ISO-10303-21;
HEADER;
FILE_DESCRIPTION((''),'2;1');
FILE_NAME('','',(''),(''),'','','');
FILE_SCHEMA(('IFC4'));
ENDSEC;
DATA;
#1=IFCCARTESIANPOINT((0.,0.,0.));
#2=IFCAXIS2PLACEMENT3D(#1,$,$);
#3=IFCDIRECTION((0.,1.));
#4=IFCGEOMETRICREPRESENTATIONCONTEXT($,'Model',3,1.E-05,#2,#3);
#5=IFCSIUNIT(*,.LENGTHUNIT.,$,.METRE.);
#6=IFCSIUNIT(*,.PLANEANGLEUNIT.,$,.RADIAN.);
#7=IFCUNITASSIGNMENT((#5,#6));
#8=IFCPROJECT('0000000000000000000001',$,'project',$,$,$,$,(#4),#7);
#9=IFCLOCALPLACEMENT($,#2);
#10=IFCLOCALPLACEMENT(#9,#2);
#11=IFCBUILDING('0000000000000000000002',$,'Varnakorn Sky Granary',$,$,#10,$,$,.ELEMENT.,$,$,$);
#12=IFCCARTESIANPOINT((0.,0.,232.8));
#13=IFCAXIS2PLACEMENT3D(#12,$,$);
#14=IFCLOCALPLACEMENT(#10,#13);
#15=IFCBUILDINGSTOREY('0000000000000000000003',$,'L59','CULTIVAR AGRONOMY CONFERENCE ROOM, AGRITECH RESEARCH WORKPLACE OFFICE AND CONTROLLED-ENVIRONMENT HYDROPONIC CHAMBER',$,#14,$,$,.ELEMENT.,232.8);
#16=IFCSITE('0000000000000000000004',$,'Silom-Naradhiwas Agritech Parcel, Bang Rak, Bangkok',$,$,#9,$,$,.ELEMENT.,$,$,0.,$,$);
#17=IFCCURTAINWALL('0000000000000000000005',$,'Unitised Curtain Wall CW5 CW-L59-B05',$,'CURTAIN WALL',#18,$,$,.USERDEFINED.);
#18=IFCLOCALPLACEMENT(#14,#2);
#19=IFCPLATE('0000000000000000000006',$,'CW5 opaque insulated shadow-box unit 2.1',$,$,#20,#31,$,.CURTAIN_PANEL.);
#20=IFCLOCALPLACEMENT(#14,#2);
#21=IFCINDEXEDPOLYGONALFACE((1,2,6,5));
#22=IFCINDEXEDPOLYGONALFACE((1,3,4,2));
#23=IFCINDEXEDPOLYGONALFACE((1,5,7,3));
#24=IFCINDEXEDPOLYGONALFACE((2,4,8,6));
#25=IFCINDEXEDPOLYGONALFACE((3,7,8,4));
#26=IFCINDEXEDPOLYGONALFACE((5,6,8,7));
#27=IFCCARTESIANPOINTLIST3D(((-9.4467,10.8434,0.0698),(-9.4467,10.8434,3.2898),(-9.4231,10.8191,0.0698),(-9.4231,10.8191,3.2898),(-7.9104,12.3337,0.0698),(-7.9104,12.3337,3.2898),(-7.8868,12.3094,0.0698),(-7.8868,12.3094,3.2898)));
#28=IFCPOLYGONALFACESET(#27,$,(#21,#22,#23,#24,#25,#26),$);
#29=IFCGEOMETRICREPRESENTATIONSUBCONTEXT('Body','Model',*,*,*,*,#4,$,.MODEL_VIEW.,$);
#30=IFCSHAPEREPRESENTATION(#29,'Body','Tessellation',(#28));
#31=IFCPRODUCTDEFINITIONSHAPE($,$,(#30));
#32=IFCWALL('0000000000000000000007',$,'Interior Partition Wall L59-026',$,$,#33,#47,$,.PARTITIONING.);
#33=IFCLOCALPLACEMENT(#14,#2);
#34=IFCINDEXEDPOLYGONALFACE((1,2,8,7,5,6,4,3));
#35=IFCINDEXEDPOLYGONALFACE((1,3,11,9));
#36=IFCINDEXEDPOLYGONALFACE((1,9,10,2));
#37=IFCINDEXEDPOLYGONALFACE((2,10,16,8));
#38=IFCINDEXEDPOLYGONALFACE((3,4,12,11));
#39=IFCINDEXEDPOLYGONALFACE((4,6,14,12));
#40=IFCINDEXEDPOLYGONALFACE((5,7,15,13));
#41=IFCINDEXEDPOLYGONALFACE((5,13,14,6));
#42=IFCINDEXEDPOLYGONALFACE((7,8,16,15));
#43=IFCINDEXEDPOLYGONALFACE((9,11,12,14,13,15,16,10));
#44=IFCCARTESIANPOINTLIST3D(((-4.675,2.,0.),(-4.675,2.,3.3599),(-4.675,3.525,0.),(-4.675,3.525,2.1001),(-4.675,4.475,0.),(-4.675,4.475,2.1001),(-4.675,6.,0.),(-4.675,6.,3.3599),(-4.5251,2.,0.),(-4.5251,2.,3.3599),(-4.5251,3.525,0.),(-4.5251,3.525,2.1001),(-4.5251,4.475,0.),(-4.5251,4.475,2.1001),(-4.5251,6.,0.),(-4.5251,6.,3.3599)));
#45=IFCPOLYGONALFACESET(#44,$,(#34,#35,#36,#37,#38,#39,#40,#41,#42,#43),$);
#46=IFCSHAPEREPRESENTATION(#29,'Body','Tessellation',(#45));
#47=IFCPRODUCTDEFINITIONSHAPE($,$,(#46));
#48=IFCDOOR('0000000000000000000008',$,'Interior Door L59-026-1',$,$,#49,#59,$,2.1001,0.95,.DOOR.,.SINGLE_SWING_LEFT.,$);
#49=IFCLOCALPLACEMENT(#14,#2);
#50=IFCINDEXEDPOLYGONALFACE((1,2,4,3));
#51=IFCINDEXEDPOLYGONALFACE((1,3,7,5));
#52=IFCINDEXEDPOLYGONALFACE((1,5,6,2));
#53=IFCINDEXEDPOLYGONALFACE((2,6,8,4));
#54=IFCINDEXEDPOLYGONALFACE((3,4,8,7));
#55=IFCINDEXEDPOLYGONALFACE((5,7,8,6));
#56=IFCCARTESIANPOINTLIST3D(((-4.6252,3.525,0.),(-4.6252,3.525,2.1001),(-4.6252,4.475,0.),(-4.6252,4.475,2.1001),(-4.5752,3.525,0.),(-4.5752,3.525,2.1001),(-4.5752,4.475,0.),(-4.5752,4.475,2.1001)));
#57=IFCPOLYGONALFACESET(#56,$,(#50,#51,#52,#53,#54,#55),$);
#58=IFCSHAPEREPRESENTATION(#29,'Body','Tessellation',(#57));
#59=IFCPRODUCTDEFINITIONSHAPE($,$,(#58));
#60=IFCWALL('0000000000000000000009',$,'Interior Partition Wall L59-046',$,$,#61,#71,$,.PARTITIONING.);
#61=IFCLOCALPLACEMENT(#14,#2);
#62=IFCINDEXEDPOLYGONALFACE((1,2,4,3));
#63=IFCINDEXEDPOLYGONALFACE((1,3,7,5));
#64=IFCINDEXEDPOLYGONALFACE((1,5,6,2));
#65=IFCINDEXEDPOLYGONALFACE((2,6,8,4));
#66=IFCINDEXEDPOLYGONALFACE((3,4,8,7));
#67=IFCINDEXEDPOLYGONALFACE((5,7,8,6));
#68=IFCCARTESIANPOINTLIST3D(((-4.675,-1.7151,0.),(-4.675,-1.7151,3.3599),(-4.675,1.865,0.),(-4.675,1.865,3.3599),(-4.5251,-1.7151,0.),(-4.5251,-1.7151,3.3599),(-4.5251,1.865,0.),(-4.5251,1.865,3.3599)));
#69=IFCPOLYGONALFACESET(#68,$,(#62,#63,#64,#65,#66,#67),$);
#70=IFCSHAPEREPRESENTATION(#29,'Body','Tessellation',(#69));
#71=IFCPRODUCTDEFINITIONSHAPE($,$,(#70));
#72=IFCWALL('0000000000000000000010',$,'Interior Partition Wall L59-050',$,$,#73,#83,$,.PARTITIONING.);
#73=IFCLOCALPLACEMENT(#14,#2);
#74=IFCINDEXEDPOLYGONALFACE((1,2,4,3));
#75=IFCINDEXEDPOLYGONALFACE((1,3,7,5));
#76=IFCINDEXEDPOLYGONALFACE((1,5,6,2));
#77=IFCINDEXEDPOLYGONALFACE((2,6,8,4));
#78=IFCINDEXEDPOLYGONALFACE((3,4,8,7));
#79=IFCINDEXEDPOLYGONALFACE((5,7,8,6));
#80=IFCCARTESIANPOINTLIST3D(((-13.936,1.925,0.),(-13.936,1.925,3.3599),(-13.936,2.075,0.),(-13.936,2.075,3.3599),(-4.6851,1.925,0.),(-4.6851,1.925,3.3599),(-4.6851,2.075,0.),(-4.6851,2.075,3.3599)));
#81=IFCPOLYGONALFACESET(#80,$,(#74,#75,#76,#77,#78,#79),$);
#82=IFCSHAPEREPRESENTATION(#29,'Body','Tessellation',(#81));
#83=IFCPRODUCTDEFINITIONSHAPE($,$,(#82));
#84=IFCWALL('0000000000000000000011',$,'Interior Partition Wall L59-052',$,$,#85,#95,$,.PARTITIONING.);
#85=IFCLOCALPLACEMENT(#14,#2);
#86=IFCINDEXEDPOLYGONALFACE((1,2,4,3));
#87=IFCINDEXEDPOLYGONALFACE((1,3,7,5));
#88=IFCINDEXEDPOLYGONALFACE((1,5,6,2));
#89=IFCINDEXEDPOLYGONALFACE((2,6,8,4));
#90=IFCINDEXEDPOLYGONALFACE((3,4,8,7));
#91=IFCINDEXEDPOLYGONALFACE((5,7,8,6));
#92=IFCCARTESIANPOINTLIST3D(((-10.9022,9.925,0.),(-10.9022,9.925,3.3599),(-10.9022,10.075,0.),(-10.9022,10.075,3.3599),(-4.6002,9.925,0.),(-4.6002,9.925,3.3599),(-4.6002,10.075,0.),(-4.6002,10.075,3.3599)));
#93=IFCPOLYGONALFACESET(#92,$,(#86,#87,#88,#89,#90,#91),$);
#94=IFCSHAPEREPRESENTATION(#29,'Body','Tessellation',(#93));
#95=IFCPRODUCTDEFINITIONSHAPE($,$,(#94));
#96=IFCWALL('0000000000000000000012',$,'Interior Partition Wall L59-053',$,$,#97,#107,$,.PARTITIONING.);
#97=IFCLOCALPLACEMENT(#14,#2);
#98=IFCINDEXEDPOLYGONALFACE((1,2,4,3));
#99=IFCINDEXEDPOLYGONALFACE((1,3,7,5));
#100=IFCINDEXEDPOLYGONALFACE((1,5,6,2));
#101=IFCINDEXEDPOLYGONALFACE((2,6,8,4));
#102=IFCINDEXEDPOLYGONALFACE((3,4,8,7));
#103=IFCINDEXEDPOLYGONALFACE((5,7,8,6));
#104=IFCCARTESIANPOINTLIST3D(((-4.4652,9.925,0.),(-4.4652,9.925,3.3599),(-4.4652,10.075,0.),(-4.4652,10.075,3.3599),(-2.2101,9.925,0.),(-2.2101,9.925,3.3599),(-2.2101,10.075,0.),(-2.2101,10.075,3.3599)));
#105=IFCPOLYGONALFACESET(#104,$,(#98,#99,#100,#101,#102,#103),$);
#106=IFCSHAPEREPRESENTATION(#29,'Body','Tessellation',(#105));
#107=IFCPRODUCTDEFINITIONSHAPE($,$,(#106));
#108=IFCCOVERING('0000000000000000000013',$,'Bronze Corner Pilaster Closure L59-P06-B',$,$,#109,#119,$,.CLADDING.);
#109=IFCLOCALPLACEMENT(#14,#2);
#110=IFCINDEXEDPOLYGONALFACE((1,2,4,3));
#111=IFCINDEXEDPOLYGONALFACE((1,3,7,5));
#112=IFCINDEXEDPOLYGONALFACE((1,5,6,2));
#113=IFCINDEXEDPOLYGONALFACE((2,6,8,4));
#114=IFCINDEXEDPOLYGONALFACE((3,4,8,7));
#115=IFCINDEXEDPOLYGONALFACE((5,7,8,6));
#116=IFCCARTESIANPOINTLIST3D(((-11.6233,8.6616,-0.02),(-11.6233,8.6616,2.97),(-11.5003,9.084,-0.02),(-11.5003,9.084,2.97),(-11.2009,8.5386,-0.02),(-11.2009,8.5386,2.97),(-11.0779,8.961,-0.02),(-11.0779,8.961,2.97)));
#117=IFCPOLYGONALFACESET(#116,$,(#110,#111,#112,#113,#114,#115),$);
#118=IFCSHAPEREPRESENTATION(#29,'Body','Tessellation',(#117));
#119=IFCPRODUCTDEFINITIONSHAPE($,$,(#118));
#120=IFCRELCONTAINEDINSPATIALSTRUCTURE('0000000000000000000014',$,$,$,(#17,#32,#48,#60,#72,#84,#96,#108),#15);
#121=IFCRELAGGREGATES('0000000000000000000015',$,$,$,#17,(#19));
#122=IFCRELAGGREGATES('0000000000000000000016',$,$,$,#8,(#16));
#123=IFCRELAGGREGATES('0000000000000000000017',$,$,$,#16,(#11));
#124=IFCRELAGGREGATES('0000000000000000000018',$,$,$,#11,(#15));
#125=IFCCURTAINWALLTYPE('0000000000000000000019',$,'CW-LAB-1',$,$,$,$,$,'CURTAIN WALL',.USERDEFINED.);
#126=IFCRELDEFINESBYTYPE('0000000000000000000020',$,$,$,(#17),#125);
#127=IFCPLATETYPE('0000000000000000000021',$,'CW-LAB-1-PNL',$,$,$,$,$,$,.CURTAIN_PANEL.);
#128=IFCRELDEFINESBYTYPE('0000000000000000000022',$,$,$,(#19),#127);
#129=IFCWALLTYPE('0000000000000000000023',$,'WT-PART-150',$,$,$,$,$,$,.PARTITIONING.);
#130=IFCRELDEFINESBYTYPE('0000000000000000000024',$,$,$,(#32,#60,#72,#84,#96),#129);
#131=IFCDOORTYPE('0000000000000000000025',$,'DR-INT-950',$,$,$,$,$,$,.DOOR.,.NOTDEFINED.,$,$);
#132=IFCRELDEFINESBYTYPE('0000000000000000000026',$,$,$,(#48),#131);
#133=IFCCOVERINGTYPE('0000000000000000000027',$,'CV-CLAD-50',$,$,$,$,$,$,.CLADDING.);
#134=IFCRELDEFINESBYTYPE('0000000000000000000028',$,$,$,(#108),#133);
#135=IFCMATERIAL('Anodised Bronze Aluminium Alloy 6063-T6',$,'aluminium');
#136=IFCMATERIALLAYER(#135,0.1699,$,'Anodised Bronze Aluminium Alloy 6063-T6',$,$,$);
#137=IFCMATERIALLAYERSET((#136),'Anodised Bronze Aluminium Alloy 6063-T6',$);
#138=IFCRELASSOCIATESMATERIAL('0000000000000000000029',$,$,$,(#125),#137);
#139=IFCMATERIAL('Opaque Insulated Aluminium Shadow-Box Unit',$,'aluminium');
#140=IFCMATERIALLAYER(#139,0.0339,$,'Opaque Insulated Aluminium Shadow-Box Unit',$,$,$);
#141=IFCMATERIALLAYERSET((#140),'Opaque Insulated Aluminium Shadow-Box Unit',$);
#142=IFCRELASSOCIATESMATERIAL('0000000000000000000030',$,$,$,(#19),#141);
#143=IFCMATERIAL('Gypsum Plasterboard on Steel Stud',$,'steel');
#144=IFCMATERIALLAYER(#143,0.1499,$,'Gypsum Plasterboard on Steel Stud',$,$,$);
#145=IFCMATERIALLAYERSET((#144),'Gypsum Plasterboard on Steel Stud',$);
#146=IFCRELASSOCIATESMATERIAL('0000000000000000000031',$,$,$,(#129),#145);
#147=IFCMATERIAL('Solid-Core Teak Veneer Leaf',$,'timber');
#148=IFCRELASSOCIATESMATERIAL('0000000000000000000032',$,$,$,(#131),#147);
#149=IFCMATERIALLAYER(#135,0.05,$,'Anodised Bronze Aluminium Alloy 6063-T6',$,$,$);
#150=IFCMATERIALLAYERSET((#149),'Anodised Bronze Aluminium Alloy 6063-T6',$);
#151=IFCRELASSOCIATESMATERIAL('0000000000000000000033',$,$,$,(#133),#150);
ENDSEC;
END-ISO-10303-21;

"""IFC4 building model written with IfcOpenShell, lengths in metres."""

from ifc_helpers import new_model, si_unit, direction, frame, frame_2d, origin, origin_2d, place, context, subcontext, project, spatial, rectangle, extrude, source, transform, mapped, material, layer, layer_set, type_object, type_shapes, element, fill, aggregate, save


model = new_model("IFC4")

# Units and contexts
model_context = context("Model", 3, precision=1e-05, world=origin(), true_north=direction((0.0, 1.0)))
body_context = subcontext(model_context, "Body", "Model", "MODEL_VIEW")
ifc_project = project(units=[si_unit("LENGTHUNIT", "METRE"), si_unit("PLANEANGLEUNIT", "RADIAN")], contexts=[model_context])

# Site, building, storey
site_placement = place(None, origin())
site = spatial("IfcSite", under=ifc_project, at=site_placement, Name="Silom-Naradhiwas Agritech Parcel, Bang Rak, Bangkok", CompositionType="ELEMENT", RefElevation=0.0)
building_placement = place(site_placement, origin())
building = spatial("IfcBuilding", under=site, at=building_placement, Name="Varnakorn Sky Granary", CompositionType="ELEMENT")
storey_placement = place(building_placement, frame((0.0, 0.0, 232.8)))
storey = spatial("IfcBuildingStorey", under=building, at=storey_placement, Name="L59", Description="CULTIVAR AGRONOMY CONFERENCE ROOM, AGRITECH RESEARCH WORKPLACE OFFICE AND CONTROLLED-ENVIRONMENT HYDROPONIC CHAMBER", CompositionType="ELEMENT", Elevation=232.8)

# Curtain wall
ifc_material_1 = material(Name="Anodised Bronze Aluminium Alloy 6063-T6", Category="aluminium")
ifc_layer_1 = layer(ifc_material_1, 0.1699, Name="Anodised Bronze Aluminium Alloy 6063-T6")
ifc_layer_set_1 = layer_set([ifc_layer_1], Name="Anodised Bronze Aluminium Alloy 6063-T6")
curtain_wall_type = type_object("IfcCurtainWallType", Name="CW-LAB-1", ElementType="CURTAIN WALL", PredefinedType="USERDEFINED", material=ifc_layer_set_1)
curtain_wall_placement = place(storey_placement, origin())
curtain_wall = element("IfcCurtainWall", 1, at=curtain_wall_placement, inside=storey, type_object=curtain_wall_type, Name="Unitised Curtain Wall CW5 CW-L59-B05", ObjectType="CURTAIN WALL", PredefinedType="USERDEFINED")

# Plate
ifc_material_2 = material(Name="Opaque Insulated Aluminium Shadow-Box Unit", Category="aluminium")
ifc_layer_2 = layer(ifc_material_2, 0.0339, Name="Opaque Insulated Aluminium Shadow-Box Unit")
ifc_layer_set_2 = layer_set([ifc_layer_2], Name="Opaque Insulated Aluminium Shadow-Box Unit")
plate_type = type_object("IfcPlateType", Name="CW-LAB-1-PNL", PredefinedType="CURTAIN_PANEL")
shared_shape_1 = source(origin(), body_context, "Body", "SweptSolid", [
    extrude(rectangle(XDim=2.1404, YDim=0.0339, at=origin_2d()), origin(), (0.0, 0.0, 1.0), 3.22),
])
plate_1_placement = place(storey_placement, frame((-8.6667, 11.5764, 0.0698), z_axis=(0.0, 0.0, 1.0), x_axis=(0.717771, 0.696279, 0.0)))
plate_1 = element("IfcPlate", 2, at=plate_1_placement, type_object=plate_type, material=ifc_layer_set_2, Name="CW5 opaque insulated shadow-box unit 2.1", PredefinedType="CURTAIN_PANEL", context=body_context, shape_type="MappedRepresentation", body=[
    mapped(shared_shape_1, transform((0.0, 0.0, 0.0), x_axis=(1.0, 0.0, 0.0), y_axis=(0.0, 1.0, 0.0), z_axis=(0.0, 0.0, 1.0), scale=1.0)),
])
aggregate(curtain_wall, [plate_1])

# Wall, opening, door
ifc_material_3 = material(Name="Gypsum Plasterboard on Steel Stud", Category="steel")
ifc_layer_3 = layer(ifc_material_3, 0.1499, Name="Gypsum Plasterboard on Steel Stud")
ifc_layer_set_3 = layer_set([ifc_layer_3], Name="Gypsum Plasterboard on Steel Stud")
wall_type = type_object("IfcWallType", Name="WT-PART-150", PredefinedType="PARTITIONING", material=ifc_layer_set_3)
wall_1_placement = place(storey_placement, frame((-4.6001, 6.0, 0.0), z_axis=(0.0, 0.0, 1.0), x_axis=(0.0, -1.0, 0.0)))
wall_1 = element("IfcWall", 3, at=wall_1_placement, inside=storey, type_object=wall_type, Name="Interior Partition Wall L59-026", PredefinedType="PARTITIONING", context=body_context, shape_type="SweptSolid", body=[
    extrude(rectangle(XDim=4.0, YDim=0.1499, at=frame_2d((2.0, 0.0))), origin(), (0.0, 0.0, 1.0), 3.3599),
])
opening_placement = place(wall_1_placement, frame((1.5249, 0.0, 0.0)))
opening = element("IfcOpeningElement", 4, at=opening_placement, cuts=wall_1, PredefinedType="OPENING", context=body_context, shape_type="SweptSolid", body=[
    extrude(rectangle(XDim=0.95, YDim=2.1001, at=frame_2d((0.4751, 1.05))), frame((0.0, 0.085, 0.0), z_axis=(0.0, -1.0, 0.0), x_axis=(1.0, 0.0, 0.0)), (0.0, 0.0, 1.0), 0.1699),
])
ifc_material_4 = material(Name="Solid-Core Teak Veneer Leaf", Category="timber")
door_type = type_object("IfcDoorType", Name="DR-INT-950", OperationType="NOTDEFINED", PredefinedType="DOOR", material=ifc_material_4)
door_placement = place(opening_placement, origin())
door = element("IfcDoor", 5, at=door_placement, inside=storey, type_object=door_type, Name="Interior Door L59-026-1", OperationType="SINGLE_SWING_LEFT", OverallHeight=2.1001, OverallWidth=0.95, PredefinedType="DOOR", context=body_context, shape_type="SweptSolid", body=[
    extrude(rectangle(XDim=0.95, YDim=2.1001, at=frame_2d((0.4751, 1.05))), frame((0.0, 0.0249, 0.0), z_axis=(0.0, -1.0, 0.0), x_axis=(1.0, 0.0, 0.0)), (0.0, 0.0, 1.0), 0.05),
])
fill(opening, door)

# Walls
wall_2_placement = place(storey_placement, frame((-4.6001, 1.865, 0.0), z_axis=(0.0, 0.0, 1.0), x_axis=(0.0, -1.0, 0.0)))
element("IfcWall", 6, at=wall_2_placement, inside=storey, type_object=wall_type, Name="Interior Partition Wall L59-046", PredefinedType="PARTITIONING", context=body_context, shape_type="SweptSolid", body=[
    extrude(rectangle(XDim=3.5801, YDim=0.1499, at=frame_2d((1.79, 0.0))), origin(), (0.0, 0.0, 1.0), 3.3599),
])
wall_3_placement = place(storey_placement, frame((-13.936, 2.0, 0.0), z_axis=(0.0, 0.0, 1.0), x_axis=(1.0, 0.0, 0.0)))
element("IfcWall", 7, at=wall_3_placement, inside=storey, type_object=wall_type, Name="Interior Partition Wall L59-050", PredefinedType="PARTITIONING", context=body_context, shape_type="SweptSolid", body=[
    extrude(rectangle(XDim=9.251, YDim=0.1499, at=frame_2d((4.6255, 0.0))), origin(), (0.0, 0.0, 1.0), 3.3599),
])
wall_4_placement = place(storey_placement, frame((-10.9021, 10.0, 0.0), z_axis=(0.0, 0.0, 1.0), x_axis=(1.0, 0.0, 0.0)))
element("IfcWall", 8, at=wall_4_placement, inside=storey, type_object=wall_type, Name="Interior Partition Wall L59-052", PredefinedType="PARTITIONING", context=body_context, shape_type="SweptSolid", body=[
    extrude(rectangle(XDim=6.302, YDim=0.1499, at=frame_2d((3.1509, 0.0))), origin(), (0.0, 0.0, 1.0), 3.3599),
])
wall_5_placement = place(storey_placement, frame((-4.4651, 10.0, 0.0), z_axis=(0.0, 0.0, 1.0), x_axis=(1.0, 0.0, 0.0)))
element("IfcWall", 9, at=wall_5_placement, inside=storey, type_object=wall_type, Name="Interior Partition Wall L59-053", PredefinedType="PARTITIONING", context=body_context, shape_type="SweptSolid", body=[
    extrude(rectangle(XDim=2.2551, YDim=0.1499, at=frame_2d((1.1274, 0.0))), origin(), (0.0, 0.0, 1.0), 3.3599),
])

# Covering
ifc_layer_4 = layer(ifc_material_1, 0.05, Name="Anodised Bronze Aluminium Alloy 6063-T6")
ifc_layer_set_4 = layer_set([ifc_layer_4], Name="Anodised Bronze Aluminium Alloy 6063-T6")
covering_type = type_object("IfcCoveringType", Name="CV-CLAD-50", PredefinedType="CLADDING", material=ifc_layer_set_4)
shared_shape_2 = source(origin(), body_context, "Body", "SweptSolid", [
    extrude(rectangle(XDim=0.4399, YDim=0.4399, at=origin_2d()), origin(), (0.0, 0.0, 1.0), 2.99),
])
type_shapes(covering_type, [shared_shape_2])
covering_placement = place(storey_placement, frame((-11.3506, 8.8113, -0.02), z_axis=(0.0, 0.0, 1.0), x_axis=(0.279494, 0.960147, 0.0)))
element("IfcCovering", 10, at=covering_placement, inside=storey, type_object=covering_type, Name="Bronze Corner Pilaster Closure L59-P06-B", PredefinedType="CLADDING", context=body_context, shape_type="MappedRepresentation", body=[
    mapped(shared_shape_2, transform((0.0, 0.0, 0.0), x_axis=(1.0, 0.0, 0.0), y_axis=(0.0, 1.0, 0.0), z_axis=(0.0, 0.0, 1.0), scale=1.0)),
])

save(model, "model.ifc")
